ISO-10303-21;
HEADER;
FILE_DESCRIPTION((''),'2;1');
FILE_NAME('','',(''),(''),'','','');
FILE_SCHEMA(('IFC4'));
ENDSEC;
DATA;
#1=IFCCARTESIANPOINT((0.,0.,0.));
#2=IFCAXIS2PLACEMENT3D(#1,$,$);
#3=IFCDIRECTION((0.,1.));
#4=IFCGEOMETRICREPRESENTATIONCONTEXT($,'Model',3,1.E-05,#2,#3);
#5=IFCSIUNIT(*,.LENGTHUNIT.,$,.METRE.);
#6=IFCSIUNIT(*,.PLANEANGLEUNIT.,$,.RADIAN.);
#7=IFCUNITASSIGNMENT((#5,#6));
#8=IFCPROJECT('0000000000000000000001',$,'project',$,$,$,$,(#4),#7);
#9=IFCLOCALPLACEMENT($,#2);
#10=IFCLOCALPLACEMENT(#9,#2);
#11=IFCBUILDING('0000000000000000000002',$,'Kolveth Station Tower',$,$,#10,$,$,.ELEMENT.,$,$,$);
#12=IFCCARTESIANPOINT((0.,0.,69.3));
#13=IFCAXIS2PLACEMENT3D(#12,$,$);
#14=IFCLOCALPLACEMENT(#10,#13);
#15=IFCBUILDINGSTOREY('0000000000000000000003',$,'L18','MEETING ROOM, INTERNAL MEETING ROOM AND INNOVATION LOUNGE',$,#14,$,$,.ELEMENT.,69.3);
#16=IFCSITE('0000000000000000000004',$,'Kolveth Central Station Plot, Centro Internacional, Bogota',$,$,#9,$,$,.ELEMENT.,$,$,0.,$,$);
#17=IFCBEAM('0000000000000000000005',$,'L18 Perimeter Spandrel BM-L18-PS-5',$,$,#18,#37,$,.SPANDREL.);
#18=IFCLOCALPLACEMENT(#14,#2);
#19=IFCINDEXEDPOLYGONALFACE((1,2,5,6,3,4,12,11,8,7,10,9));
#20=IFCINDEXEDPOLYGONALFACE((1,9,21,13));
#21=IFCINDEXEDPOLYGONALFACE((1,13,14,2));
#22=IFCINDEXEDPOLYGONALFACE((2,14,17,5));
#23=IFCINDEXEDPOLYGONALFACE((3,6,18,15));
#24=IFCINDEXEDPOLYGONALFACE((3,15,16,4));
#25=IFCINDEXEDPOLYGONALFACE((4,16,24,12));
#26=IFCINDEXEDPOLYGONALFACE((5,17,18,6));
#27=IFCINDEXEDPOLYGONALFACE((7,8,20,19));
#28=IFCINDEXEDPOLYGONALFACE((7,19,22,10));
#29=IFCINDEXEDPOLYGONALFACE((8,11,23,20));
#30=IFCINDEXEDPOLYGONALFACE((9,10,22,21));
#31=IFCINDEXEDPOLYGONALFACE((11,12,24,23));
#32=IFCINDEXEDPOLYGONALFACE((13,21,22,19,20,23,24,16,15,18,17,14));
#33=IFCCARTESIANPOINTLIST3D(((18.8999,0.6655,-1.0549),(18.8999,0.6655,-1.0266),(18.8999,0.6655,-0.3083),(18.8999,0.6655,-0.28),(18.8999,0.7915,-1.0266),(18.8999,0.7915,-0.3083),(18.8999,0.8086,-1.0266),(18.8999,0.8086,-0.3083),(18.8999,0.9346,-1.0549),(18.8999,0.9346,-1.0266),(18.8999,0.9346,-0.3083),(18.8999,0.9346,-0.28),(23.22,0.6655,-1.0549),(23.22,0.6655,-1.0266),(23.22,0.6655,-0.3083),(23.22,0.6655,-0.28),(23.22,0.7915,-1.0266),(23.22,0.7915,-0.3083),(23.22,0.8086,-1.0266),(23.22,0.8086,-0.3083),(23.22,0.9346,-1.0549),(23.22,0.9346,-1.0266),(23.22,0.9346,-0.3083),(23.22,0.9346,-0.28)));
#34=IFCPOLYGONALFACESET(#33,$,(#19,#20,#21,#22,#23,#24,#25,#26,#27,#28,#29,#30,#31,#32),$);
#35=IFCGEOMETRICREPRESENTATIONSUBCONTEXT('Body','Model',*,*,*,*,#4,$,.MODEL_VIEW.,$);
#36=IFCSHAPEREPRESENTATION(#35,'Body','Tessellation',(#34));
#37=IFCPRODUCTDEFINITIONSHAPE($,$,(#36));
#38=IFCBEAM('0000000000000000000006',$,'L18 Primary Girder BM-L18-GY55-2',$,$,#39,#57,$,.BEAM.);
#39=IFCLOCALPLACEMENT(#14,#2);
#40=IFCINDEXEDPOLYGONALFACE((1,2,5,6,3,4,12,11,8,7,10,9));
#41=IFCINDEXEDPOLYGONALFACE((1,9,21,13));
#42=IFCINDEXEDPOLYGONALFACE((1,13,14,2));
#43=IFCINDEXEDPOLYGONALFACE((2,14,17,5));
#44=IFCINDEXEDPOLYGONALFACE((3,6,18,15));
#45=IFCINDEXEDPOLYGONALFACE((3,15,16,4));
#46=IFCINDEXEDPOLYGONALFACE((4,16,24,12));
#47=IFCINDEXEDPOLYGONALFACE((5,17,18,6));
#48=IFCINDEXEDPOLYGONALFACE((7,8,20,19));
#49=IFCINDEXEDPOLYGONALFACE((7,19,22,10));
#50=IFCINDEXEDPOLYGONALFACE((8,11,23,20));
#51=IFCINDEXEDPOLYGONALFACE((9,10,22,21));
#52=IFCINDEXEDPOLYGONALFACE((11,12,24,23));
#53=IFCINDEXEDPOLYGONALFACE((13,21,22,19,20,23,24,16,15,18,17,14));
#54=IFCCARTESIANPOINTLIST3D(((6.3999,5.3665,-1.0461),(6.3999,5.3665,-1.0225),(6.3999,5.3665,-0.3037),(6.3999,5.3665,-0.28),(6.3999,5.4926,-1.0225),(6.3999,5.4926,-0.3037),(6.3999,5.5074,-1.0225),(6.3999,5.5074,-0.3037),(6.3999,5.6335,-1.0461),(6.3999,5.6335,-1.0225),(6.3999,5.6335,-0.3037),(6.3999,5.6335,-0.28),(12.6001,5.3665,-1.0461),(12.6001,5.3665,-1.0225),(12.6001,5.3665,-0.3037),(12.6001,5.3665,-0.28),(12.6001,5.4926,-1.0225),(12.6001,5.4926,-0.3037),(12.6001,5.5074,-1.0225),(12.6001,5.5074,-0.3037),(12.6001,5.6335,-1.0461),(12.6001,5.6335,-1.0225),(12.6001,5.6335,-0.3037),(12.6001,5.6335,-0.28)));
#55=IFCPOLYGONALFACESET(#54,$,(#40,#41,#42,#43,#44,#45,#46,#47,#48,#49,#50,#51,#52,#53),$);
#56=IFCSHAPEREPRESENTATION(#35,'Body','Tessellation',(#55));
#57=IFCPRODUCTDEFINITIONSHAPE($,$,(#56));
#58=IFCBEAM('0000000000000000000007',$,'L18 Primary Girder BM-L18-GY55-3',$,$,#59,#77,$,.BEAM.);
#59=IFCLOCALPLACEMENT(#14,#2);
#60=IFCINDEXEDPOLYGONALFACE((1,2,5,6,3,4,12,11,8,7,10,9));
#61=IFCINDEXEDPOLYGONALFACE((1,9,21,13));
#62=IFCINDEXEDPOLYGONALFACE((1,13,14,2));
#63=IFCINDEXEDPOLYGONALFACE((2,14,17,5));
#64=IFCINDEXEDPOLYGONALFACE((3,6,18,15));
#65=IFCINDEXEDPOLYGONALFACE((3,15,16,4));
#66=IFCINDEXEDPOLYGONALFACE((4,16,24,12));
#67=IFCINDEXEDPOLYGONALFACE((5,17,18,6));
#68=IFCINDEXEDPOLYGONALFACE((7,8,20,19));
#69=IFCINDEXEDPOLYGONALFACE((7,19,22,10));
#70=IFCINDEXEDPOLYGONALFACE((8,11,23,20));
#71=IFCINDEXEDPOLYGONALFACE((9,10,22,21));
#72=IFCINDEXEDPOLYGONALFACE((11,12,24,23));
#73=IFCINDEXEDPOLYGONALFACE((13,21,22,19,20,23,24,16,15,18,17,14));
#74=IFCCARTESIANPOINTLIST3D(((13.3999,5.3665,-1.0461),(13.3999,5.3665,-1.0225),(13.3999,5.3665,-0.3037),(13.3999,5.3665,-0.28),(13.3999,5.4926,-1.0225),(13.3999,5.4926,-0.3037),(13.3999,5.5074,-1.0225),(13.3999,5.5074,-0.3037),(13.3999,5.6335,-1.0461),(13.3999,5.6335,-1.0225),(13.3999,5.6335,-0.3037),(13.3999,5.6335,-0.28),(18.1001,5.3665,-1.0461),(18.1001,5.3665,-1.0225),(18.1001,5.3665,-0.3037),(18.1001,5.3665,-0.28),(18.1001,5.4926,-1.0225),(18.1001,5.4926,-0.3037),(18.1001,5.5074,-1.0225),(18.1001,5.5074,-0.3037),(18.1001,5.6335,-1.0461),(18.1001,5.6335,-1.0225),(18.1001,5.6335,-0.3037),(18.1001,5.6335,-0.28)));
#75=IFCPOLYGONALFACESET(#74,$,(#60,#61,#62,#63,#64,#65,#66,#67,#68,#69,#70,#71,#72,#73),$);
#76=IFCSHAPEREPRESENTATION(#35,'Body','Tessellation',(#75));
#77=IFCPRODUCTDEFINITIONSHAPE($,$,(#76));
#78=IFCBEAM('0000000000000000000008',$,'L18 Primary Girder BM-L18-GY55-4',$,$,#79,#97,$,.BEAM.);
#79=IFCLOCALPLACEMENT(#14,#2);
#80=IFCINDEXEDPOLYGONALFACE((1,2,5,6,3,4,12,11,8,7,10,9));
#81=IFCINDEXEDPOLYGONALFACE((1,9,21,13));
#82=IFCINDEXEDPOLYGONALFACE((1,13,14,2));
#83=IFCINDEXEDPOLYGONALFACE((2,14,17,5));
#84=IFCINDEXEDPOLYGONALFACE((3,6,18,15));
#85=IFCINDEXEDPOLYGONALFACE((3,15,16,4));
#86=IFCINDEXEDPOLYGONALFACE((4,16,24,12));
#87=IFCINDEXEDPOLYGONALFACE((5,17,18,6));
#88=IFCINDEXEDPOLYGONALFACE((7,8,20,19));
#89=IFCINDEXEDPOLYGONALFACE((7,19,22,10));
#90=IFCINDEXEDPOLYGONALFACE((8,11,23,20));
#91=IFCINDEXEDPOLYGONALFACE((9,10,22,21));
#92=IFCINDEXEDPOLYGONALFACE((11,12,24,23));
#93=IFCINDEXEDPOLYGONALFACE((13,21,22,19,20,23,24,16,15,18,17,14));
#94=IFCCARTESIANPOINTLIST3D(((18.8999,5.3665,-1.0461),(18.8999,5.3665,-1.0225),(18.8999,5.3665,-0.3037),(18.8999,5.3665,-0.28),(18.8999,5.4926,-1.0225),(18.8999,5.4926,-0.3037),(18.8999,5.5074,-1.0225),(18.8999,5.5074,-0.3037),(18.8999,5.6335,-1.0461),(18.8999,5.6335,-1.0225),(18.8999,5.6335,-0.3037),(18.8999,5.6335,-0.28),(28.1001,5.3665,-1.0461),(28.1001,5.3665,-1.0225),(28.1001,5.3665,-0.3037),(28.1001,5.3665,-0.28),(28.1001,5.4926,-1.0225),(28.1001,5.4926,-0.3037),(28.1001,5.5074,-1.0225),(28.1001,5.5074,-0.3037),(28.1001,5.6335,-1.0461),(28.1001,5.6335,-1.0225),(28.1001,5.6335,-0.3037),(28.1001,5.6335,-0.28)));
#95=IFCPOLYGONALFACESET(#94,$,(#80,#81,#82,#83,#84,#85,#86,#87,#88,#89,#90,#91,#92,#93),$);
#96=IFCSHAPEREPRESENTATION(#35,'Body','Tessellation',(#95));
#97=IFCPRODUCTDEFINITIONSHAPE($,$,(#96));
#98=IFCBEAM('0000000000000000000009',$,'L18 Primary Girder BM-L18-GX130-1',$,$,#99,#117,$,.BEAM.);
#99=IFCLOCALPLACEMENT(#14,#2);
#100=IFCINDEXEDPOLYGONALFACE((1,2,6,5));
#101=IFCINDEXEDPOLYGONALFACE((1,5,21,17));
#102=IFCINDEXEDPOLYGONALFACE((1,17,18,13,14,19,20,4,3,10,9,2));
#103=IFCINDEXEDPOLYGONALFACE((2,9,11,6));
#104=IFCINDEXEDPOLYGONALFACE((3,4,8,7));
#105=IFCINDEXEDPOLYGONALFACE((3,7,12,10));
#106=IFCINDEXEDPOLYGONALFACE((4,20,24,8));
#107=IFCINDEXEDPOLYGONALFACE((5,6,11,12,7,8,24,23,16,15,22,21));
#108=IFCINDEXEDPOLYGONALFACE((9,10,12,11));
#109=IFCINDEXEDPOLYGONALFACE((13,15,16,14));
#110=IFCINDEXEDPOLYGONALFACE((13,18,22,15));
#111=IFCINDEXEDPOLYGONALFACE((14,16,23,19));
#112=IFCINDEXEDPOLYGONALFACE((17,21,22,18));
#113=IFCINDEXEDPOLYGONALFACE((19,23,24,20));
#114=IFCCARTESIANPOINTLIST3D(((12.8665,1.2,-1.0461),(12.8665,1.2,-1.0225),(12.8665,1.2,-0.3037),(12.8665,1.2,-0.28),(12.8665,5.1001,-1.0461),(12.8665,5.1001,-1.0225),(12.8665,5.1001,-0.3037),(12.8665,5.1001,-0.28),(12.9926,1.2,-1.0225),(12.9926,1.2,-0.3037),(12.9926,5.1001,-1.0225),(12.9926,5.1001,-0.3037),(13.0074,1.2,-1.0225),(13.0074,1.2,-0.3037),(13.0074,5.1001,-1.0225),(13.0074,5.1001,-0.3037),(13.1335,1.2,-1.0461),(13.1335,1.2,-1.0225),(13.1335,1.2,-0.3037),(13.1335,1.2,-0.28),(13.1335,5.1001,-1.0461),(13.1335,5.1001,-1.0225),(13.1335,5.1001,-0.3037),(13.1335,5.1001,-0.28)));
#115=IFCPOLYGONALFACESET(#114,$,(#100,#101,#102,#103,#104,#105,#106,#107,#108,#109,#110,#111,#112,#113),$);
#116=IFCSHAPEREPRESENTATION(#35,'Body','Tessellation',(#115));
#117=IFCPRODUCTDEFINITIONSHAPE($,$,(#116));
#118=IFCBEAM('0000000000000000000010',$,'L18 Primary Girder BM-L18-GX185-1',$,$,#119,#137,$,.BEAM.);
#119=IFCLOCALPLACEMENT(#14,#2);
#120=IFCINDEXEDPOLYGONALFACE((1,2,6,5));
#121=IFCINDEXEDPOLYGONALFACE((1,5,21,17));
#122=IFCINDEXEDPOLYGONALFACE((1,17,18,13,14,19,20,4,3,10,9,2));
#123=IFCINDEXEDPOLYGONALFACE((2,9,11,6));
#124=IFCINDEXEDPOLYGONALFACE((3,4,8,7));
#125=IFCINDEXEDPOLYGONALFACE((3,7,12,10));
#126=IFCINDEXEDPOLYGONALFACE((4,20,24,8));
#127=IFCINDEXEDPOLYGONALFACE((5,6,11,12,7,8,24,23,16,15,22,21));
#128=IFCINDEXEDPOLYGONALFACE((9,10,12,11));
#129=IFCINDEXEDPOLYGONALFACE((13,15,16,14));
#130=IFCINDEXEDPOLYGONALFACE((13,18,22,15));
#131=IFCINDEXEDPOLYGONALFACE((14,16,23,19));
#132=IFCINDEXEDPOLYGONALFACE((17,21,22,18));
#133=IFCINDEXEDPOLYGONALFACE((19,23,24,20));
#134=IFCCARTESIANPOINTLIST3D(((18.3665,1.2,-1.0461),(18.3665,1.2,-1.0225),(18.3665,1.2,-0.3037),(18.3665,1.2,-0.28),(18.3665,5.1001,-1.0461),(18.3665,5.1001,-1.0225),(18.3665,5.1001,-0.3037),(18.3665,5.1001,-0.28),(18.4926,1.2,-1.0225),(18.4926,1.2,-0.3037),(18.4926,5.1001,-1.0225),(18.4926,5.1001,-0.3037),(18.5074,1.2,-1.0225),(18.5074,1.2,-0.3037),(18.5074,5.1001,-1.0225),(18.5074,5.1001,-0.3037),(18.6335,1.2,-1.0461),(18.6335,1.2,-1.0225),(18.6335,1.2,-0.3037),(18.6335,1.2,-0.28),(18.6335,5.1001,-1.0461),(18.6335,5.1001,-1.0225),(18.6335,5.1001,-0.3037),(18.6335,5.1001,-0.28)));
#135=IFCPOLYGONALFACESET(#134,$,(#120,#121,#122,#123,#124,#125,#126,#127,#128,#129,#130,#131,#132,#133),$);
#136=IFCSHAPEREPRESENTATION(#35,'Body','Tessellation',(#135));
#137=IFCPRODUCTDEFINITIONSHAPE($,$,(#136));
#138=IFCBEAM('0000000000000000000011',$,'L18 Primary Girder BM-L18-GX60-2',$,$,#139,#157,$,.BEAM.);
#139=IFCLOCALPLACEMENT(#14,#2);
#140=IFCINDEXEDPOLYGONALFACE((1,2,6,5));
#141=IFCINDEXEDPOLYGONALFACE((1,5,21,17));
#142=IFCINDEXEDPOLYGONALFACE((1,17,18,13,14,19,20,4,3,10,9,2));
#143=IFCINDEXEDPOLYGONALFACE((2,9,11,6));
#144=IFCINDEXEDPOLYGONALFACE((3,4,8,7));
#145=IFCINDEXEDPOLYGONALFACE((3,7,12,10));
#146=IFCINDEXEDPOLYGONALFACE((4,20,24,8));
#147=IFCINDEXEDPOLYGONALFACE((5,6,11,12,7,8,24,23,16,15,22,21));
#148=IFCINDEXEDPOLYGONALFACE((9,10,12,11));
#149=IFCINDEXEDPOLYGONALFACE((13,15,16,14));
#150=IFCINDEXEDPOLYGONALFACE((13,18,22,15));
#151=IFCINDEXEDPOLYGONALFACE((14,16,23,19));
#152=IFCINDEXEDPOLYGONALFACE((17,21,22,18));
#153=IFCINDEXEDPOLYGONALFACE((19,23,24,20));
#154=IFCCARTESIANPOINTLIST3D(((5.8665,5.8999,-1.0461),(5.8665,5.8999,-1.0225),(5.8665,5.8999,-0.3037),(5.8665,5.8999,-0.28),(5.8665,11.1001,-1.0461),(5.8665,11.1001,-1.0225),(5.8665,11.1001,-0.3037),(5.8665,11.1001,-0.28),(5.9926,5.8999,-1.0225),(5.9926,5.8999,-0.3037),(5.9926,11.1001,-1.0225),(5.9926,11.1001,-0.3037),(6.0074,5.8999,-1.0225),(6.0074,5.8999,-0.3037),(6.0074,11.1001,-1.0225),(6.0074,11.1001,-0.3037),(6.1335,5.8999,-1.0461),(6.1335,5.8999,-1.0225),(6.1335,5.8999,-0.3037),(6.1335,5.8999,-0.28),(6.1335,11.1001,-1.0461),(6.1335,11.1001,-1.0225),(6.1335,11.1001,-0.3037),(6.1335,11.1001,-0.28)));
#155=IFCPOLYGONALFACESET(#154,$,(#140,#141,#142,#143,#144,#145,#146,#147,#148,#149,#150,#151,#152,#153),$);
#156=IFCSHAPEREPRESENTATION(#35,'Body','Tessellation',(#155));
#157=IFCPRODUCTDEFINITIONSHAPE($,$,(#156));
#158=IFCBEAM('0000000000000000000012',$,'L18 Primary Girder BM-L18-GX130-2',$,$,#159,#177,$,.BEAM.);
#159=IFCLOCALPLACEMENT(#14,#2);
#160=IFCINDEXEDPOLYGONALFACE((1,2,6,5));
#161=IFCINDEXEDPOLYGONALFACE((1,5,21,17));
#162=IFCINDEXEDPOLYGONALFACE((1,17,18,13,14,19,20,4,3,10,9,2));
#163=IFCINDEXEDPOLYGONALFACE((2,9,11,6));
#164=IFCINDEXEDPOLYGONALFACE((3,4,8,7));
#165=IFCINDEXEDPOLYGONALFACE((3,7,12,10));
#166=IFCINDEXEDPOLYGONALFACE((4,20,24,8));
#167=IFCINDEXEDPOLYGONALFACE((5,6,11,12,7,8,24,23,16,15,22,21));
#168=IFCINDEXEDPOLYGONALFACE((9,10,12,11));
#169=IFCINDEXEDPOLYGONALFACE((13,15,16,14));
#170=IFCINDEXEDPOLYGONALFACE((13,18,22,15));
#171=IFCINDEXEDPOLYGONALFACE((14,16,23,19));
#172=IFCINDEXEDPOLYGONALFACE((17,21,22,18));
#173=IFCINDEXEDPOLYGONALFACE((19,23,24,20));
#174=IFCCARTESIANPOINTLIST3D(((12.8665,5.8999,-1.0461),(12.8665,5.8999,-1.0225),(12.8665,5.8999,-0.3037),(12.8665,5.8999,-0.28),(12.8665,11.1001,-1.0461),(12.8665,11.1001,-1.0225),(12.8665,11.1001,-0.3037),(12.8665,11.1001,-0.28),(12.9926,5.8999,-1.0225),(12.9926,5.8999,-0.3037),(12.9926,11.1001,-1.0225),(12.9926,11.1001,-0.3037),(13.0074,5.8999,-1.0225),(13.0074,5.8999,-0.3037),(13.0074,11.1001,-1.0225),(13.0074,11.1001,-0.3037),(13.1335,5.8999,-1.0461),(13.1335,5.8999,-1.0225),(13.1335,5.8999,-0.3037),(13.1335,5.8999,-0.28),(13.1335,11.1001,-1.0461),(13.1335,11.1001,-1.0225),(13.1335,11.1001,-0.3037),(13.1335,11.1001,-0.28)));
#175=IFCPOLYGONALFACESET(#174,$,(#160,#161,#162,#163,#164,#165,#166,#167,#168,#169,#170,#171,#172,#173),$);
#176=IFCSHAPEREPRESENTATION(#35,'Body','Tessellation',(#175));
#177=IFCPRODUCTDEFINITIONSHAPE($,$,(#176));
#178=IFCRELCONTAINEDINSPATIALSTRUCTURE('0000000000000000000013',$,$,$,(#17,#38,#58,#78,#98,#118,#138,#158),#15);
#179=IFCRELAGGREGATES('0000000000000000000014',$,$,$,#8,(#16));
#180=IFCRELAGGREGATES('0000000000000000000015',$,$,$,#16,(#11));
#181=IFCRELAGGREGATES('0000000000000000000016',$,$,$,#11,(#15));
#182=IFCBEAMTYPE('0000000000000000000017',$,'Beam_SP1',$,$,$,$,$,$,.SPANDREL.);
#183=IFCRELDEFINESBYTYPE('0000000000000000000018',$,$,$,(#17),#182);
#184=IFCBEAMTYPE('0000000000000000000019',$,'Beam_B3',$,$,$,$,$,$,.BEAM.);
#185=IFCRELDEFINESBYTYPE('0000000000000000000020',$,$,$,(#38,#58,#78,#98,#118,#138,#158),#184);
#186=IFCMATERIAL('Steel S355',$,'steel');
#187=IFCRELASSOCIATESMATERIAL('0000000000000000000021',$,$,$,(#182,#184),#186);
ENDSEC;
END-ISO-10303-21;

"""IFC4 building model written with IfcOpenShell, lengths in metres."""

from ifc_helpers import new_model, si_unit, direction, frame, origin, origin_2d, place, context, subcontext, project, spatial, i_section, extrude, source, transform, mapped, material, material_profile, profile_set, type_object, element, save


model = new_model("IFC4")

# Units and contexts
model_context = context("Model", 3, precision=1e-05, world=origin(), true_north=direction((0.0, 1.0)))
body_context = subcontext(model_context, "Body", "Model", "MODEL_VIEW")
ifc_project = project(units=[si_unit("LENGTHUNIT", "METRE"), si_unit("PLANEANGLEUNIT", "RADIAN")], contexts=[model_context])

# Site, building, storey
site_placement = place(None, origin())
site = spatial("IfcSite", under=ifc_project, at=site_placement, Name="Kolveth Central Station Plot, Centro Internacional, Bogota", CompositionType="ELEMENT", RefElevation=0.0)
building_placement = place(site_placement, origin())
building = spatial("IfcBuilding", under=site, at=building_placement, Name="Kolveth Station Tower", CompositionType="ELEMENT")
storey_placement = place(building_placement, frame((0.0, 0.0, 69.3)))
storey = spatial("IfcBuildingStorey", under=building, at=storey_placement, Name="L18", Description="MEETING ROOM, INTERNAL MEETING ROOM AND INNOVATION LOUNGE", CompositionType="ELEMENT", Elevation=69.3)

# Shared definitions
ifc_material_1 = material(Name="Steel S355", Category="steel")

# Beams
ifc_material_profile_1 = material_profile(ifc_material_1, i_section(OverallWidth=0.269, OverallDepth=0.7749, WebThickness=0.0171, FlangeThickness=0.0283, at=origin_2d()), Name="W760x220")
ifc_profile_set_1 = profile_set([ifc_material_profile_1], Name="Steel S355")
beam_type_1 = type_object("IfcBeamType", Name="Beam_SP1", PredefinedType="SPANDREL", material=ifc_profile_set_1)
shared_shape_1 = source(origin(), body_context, "Body", "SweptSolid", [
    extrude(i_section(OverallWidth=0.269, OverallDepth=0.7749, WebThickness=0.0171, FlangeThickness=0.0283, at=origin_2d()), origin(), (0.0, 0.0, 1.0), 4.3201),
])
beam_1_placement = place(storey_placement, frame((18.8999, 0.8, -0.6675), z_axis=(1.0, 0.0, 0.0), x_axis=(0.0, 1.0, 0.0)))
element("IfcBeam", 1, at=beam_1_placement, inside=storey, type_object=beam_type_1, Name="L18 Perimeter Spandrel BM-L18-PS-5", PredefinedType="SPANDREL", context=body_context, shape_type="MappedRepresentation", body=[
    mapped(shared_shape_1, transform((0.0, 0.0, 0.0), x_axis=(1.0, 0.0, 0.0), y_axis=(0.0, 1.0, 0.0), z_axis=(0.0, 0.0, 1.0), scale=1.0)),
])
ifc_material_profile_2 = material_profile(ifc_material_1, i_section(OverallWidth=0.2671, OverallDepth=0.7661, WebThickness=0.0149, FlangeThickness=0.0237, at=origin_2d()), Name="W760x185")
ifc_profile_set_2 = profile_set([ifc_material_profile_2], Name="Steel S355")
beam_type_2 = type_object("IfcBeamType", Name="Beam_B3", PredefinedType="BEAM", material=ifc_profile_set_2)
shared_shape_2 = source(origin(), body_context, "Body", "SweptSolid", [
    extrude(i_section(OverallWidth=0.2671, OverallDepth=0.7661, WebThickness=0.0149, FlangeThickness=0.0237, at=origin_2d()), origin(), (0.0, 0.0, 1.0), 6.2002),
])
beam_2_placement = place(storey_placement, frame((6.3999, 5.5, -0.6631), z_axis=(1.0, 0.0, 0.0), x_axis=(0.0, 1.0, 0.0)))
element("IfcBeam", 2, at=beam_2_placement, inside=storey, type_object=beam_type_2, Name="L18 Primary Girder BM-L18-GY55-2", PredefinedType="BEAM", context=body_context, shape_type="MappedRepresentation", body=[
    mapped(shared_shape_2, transform((0.0, 0.0, 0.0), x_axis=(1.0, 0.0, 0.0), y_axis=(0.0, 1.0, 0.0), z_axis=(0.0, 0.0, 1.0), scale=1.0)),
])
shared_shape_3 = source(origin(), body_context, "Body", "SweptSolid", [
    extrude(i_section(OverallWidth=0.2671, OverallDepth=0.7661, WebThickness=0.0149, FlangeThickness=0.0237, at=origin_2d()), origin(), (0.0, 0.0, 1.0), 4.7002),
])
beam_3_placement = place(storey_placement, frame((13.3999, 5.5, -0.6631), z_axis=(1.0, 0.0, 0.0), x_axis=(0.0, 1.0, 0.0)))
element("IfcBeam", 3, at=beam_3_placement, inside=storey, type_object=beam_type_2, Name="L18 Primary Girder BM-L18-GY55-3", PredefinedType="BEAM", context=body_context, shape_type="MappedRepresentation", body=[
    mapped(shared_shape_3, transform((0.0, 0.0, 0.0), x_axis=(1.0, 0.0, 0.0), y_axis=(0.0, 1.0, 0.0), z_axis=(0.0, 0.0, 1.0), scale=1.0)),
])
shared_shape_4 = source(origin(), body_context, "Body", "SweptSolid", [
    extrude(i_section(OverallWidth=0.2671, OverallDepth=0.7661, WebThickness=0.0149, FlangeThickness=0.0237, at=origin_2d()), origin(), (0.0, 0.0, 1.0), 9.2002),
])
beam_4_placement = place(storey_placement, frame((18.8999, 5.5, -0.6631), z_axis=(1.0, 0.0, 0.0), x_axis=(0.0, 1.0, 0.0)))
element("IfcBeam", 4, at=beam_4_placement, inside=storey, type_object=beam_type_2, Name="L18 Primary Girder BM-L18-GY55-4", PredefinedType="BEAM", context=body_context, shape_type="MappedRepresentation", body=[
    mapped(shared_shape_4, transform((0.0, 0.0, 0.0), x_axis=(1.0, 0.0, 0.0), y_axis=(0.0, 1.0, 0.0), z_axis=(0.0, 0.0, 1.0), scale=1.0)),
])
shared_shape_5 = source(origin(), body_context, "Body", "SweptSolid", [
    extrude(i_section(OverallWidth=0.2671, OverallDepth=0.7661, WebThickness=0.0149, FlangeThickness=0.0237, at=origin_2d()), origin(), (0.0, 0.0, 1.0), 3.9001),
])
for number, where, z_axis, x_axis, name in (
    (5, (13.0, 1.2, -0.6631), (0.0, 1.0, 0.0), (-1.0, 0.0, 0.0), "L18 Primary Girder BM-L18-GX130-1"),
    (6, (18.5, 1.2, -0.6631), (0.0, 1.0, 0.0), (-1.0, 0.0, 0.0), "L18 Primary Girder BM-L18-GX185-1"),
):
    element("IfcBeam", number, at=place(storey_placement, frame(where, z_axis=z_axis, x_axis=x_axis)), inside=storey, type_object=beam_type_2, Name=name, PredefinedType="BEAM", context=body_context, shape_type="MappedRepresentation", body=[
        mapped(shared_shape_5, transform((0.0, 0.0, 0.0), x_axis=(1.0, 0.0, 0.0), y_axis=(0.0, 1.0, 0.0), z_axis=(0.0, 0.0, 1.0), scale=1.0)),
    ])
shared_shape_6 = source(origin(), body_context, "Body", "SweptSolid", [
    extrude(i_section(OverallWidth=0.2671, OverallDepth=0.7661, WebThickness=0.0149, FlangeThickness=0.0237, at=origin_2d()), origin(), (0.0, 0.0, 1.0), 5.2002),
])
for number, where, z_axis, x_axis, name in (
    (7, (6.0, 5.8999, -0.6631), (0.0, 1.0, 0.0), (-1.0, 0.0, 0.0), "L18 Primary Girder BM-L18-GX60-2"),
    (8, (13.0, 5.8999, -0.6631), (0.0, 1.0, 0.0), (-1.0, 0.0, 0.0), "L18 Primary Girder BM-L18-GX130-2"),
):
    element("IfcBeam", number, at=place(storey_placement, frame(where, z_axis=z_axis, x_axis=x_axis)), inside=storey, type_object=beam_type_2, Name=name, PredefinedType="BEAM", context=body_context, shape_type="MappedRepresentation", body=[
        mapped(shared_shape_6, transform((0.0, 0.0, 0.0), x_axis=(1.0, 0.0, 0.0), y_axis=(0.0, 1.0, 0.0), z_axis=(0.0, 0.0, 1.0), scale=1.0)),
    ])

save(model, "model.ifc")
